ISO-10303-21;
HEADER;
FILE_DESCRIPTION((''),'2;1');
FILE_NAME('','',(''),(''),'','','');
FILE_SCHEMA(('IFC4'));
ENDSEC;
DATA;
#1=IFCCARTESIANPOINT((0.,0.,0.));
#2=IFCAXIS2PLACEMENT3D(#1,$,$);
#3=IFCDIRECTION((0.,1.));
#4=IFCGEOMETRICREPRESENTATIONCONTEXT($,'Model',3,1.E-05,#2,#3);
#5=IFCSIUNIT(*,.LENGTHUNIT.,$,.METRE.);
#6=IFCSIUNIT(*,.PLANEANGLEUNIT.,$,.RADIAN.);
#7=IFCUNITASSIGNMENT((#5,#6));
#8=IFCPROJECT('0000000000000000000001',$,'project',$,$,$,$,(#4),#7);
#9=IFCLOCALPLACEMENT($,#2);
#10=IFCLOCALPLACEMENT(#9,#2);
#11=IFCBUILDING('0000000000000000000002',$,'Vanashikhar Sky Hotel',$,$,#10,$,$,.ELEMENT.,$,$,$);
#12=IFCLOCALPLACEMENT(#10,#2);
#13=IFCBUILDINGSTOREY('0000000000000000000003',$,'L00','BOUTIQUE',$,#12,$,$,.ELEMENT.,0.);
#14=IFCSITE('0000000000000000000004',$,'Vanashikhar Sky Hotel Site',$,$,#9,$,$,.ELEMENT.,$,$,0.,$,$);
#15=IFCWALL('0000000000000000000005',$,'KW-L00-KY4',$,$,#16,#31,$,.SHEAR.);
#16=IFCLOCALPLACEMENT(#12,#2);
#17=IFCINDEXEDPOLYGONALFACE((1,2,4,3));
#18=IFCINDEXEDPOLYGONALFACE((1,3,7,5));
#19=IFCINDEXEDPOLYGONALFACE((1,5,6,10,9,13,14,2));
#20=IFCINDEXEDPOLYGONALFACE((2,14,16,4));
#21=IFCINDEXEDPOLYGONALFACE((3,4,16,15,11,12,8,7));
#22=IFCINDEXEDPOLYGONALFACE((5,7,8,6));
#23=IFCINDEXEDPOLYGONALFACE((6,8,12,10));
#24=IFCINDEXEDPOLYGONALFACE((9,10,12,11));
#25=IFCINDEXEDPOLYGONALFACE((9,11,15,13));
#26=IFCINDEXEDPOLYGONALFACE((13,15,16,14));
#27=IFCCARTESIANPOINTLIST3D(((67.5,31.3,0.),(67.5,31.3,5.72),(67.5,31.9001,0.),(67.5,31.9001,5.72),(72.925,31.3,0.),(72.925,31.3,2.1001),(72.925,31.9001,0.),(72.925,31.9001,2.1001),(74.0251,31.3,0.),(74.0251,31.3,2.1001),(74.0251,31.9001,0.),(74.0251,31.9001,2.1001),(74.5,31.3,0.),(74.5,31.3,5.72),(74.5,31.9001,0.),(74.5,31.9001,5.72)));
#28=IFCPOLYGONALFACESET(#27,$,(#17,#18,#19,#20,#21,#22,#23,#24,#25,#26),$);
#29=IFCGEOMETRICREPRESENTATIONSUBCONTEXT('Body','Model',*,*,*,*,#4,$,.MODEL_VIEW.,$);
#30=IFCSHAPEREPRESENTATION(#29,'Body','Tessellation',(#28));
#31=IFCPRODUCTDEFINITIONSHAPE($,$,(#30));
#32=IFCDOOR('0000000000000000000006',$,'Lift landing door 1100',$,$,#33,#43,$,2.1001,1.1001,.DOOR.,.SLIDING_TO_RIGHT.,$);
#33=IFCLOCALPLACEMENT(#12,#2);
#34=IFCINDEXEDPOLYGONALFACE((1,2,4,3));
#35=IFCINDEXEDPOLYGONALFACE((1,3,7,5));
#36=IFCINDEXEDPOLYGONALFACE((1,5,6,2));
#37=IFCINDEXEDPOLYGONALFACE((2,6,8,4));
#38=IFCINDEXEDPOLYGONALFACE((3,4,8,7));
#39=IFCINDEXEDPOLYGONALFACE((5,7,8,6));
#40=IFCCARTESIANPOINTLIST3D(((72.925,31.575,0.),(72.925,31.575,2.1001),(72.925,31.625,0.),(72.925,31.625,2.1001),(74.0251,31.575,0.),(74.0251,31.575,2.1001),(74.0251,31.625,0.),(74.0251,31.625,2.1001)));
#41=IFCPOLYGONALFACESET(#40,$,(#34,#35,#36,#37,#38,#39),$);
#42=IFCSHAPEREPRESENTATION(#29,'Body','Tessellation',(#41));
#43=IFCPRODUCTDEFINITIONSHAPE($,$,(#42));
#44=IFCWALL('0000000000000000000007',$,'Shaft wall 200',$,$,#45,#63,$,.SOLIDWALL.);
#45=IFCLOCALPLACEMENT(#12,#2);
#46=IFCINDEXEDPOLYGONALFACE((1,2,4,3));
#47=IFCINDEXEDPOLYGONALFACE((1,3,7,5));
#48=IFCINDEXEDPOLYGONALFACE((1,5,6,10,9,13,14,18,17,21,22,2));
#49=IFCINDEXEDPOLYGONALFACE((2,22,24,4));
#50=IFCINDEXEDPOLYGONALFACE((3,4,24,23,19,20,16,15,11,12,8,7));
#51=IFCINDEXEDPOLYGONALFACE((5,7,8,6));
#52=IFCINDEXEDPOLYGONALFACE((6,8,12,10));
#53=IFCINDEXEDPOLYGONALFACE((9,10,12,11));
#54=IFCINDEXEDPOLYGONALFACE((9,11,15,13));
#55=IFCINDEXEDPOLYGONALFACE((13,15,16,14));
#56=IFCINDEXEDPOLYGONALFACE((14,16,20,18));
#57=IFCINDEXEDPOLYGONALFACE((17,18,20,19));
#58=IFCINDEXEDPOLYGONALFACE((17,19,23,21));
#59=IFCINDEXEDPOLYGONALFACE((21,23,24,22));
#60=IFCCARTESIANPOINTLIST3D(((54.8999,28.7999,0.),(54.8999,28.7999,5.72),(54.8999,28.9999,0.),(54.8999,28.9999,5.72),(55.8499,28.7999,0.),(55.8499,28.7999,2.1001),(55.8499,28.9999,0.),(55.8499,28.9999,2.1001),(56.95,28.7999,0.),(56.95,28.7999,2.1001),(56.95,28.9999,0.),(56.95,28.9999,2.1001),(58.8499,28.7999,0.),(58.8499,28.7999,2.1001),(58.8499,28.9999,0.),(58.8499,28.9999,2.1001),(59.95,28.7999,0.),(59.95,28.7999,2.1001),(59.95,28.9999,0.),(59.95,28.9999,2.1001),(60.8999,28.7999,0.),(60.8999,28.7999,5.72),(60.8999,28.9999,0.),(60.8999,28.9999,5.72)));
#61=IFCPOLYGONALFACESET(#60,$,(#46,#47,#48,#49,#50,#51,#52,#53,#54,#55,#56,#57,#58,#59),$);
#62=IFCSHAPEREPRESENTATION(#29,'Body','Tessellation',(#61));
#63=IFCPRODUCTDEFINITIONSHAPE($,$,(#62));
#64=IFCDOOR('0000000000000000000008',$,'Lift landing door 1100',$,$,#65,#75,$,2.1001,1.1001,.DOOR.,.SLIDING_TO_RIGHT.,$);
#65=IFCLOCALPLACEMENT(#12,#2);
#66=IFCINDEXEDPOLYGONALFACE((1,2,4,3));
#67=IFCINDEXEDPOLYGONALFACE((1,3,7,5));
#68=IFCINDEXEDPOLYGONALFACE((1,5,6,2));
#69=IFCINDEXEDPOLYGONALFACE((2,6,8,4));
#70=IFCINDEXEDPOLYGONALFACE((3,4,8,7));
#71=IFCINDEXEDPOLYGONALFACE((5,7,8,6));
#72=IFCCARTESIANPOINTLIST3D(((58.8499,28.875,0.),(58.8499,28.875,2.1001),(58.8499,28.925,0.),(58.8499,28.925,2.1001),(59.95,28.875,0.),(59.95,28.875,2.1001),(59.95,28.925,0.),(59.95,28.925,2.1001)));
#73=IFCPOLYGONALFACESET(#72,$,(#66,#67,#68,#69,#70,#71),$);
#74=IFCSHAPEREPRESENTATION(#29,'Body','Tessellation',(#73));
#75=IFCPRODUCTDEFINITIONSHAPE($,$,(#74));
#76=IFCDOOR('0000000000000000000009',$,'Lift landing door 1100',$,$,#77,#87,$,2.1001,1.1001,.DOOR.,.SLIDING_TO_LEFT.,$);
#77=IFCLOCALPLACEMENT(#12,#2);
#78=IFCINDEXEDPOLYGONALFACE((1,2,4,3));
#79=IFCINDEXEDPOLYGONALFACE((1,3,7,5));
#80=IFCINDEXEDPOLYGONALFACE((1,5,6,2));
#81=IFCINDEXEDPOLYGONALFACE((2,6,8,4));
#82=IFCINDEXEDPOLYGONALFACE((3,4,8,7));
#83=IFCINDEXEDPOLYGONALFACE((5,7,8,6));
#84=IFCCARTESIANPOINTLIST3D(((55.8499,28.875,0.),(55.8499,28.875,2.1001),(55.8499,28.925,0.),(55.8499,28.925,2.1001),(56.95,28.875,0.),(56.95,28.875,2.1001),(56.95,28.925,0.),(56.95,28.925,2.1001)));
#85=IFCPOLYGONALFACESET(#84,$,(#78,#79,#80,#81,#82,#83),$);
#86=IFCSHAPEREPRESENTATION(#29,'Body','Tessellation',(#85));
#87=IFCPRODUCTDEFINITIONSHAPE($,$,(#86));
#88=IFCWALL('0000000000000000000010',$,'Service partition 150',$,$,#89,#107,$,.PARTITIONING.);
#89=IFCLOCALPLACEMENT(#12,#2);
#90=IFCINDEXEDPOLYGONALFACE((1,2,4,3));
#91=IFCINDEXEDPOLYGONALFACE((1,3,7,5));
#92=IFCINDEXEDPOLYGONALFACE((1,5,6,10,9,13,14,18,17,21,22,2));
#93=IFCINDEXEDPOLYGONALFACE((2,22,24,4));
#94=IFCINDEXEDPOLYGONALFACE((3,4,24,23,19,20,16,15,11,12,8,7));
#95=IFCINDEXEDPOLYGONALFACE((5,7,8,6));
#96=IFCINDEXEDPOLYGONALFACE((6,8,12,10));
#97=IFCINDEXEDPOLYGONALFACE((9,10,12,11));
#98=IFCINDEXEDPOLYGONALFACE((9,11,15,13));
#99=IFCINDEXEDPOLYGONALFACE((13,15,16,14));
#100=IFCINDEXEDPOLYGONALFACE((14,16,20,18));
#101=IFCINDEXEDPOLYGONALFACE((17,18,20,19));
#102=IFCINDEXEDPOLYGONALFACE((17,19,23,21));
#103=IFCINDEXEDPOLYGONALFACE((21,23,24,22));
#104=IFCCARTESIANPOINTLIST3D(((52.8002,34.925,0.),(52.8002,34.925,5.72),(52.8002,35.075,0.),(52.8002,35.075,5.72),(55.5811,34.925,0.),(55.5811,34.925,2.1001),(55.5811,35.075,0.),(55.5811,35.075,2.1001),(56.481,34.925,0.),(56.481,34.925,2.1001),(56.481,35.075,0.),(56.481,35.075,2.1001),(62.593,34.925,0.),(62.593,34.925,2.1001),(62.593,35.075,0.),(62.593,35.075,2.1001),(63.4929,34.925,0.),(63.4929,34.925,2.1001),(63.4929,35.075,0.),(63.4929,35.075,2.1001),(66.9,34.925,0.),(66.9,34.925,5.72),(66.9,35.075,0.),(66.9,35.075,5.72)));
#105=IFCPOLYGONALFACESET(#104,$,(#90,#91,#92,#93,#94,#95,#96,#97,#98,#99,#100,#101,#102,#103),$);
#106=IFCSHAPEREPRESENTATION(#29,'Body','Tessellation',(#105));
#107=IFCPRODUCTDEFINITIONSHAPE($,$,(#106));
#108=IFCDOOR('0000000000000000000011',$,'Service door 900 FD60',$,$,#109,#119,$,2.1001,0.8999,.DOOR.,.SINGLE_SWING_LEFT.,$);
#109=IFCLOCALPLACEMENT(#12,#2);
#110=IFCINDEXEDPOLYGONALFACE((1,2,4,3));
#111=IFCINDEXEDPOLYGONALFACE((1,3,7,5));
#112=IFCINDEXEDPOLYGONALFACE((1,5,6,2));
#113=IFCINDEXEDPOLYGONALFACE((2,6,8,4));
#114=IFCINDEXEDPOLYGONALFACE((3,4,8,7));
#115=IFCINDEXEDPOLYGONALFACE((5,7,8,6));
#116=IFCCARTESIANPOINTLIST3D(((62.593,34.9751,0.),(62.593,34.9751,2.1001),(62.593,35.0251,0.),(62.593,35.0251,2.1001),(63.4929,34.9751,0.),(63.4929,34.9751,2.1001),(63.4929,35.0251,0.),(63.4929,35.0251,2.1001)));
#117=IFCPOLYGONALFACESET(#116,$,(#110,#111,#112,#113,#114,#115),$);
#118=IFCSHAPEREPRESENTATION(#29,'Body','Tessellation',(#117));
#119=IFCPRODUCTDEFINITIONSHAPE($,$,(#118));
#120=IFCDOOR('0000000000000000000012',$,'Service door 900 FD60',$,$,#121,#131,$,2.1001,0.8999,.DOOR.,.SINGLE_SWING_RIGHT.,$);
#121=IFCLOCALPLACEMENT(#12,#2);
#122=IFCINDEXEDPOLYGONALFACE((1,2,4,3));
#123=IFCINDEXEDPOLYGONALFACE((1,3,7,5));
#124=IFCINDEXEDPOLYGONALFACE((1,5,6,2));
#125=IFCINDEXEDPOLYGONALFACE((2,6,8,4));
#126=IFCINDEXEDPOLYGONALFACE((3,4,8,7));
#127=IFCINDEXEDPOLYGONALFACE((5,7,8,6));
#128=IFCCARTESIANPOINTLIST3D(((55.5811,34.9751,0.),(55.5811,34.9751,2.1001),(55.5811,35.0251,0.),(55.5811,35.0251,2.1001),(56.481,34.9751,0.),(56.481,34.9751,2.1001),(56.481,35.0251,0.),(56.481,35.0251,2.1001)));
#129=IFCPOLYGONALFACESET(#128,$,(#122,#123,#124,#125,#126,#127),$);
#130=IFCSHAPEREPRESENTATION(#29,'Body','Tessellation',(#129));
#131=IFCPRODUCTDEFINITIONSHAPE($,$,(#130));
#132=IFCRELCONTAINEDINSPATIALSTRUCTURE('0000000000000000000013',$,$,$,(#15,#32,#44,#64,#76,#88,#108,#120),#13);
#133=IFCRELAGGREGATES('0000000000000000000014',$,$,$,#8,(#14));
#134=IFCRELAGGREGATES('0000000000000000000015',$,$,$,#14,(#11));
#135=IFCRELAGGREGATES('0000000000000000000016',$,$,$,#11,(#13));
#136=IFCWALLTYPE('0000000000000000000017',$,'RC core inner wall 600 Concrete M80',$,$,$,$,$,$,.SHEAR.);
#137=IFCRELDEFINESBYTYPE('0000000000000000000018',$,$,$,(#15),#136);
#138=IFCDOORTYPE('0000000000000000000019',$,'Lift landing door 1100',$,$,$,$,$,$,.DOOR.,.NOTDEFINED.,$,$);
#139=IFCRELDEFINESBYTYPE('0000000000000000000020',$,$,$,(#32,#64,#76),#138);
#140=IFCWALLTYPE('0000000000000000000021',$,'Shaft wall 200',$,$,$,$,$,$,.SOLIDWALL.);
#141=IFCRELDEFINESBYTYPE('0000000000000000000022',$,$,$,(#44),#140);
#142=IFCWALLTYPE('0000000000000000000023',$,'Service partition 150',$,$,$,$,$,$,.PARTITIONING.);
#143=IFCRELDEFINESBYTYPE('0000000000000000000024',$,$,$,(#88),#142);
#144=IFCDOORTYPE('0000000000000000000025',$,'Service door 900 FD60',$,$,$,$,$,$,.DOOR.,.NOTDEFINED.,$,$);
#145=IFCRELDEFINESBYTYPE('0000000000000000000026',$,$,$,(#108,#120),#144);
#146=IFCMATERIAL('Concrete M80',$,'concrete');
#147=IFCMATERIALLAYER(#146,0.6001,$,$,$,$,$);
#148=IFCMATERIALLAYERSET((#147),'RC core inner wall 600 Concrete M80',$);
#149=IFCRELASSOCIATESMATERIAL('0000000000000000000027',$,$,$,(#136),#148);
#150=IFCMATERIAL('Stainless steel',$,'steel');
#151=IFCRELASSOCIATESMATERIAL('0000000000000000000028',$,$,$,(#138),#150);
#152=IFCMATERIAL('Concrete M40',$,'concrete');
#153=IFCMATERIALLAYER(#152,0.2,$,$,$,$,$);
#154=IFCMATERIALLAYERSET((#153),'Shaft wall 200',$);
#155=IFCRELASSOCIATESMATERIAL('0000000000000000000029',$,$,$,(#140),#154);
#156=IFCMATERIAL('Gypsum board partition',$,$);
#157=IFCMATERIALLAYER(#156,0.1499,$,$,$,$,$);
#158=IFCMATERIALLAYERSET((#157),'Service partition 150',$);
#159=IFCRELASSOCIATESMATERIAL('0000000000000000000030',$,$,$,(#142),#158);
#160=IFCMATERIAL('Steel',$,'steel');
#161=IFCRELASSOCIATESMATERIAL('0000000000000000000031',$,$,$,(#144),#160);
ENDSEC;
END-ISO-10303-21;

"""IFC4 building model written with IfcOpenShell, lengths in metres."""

from ifc_helpers import new_model, si_unit, direction, frame, frame_2d, origin, place, context, subcontext, project, spatial, rectangle, extrude, source, transform, mapped, material, layer, layer_set, type_object, element, fill, save


model = new_model("IFC4")

# Units and contexts
model_context = context("Model", 3, precision=1e-05, world=origin(), true_north=direction((0.0, 1.0)))
body_context = subcontext(model_context, "Body", "Model", "MODEL_VIEW")
ifc_project = project(units=[si_unit("LENGTHUNIT", "METRE"), si_unit("PLANEANGLEUNIT", "RADIAN")], contexts=[model_context])

# Site, building, storey
site_placement = place(None, origin())
site = spatial("IfcSite", under=ifc_project, at=site_placement, Name="Vanashikhar Sky Hotel Site", CompositionType="ELEMENT", RefElevation=0.0)
building_placement = place(site_placement, origin())
building = spatial("IfcBuilding", under=site, at=building_placement, Name="Vanashikhar Sky Hotel", CompositionType="ELEMENT")
storey_placement = place(building_placement, origin())
storey = spatial("IfcBuildingStorey", under=building, at=storey_placement, Name="L00", Description="BOUTIQUE", CompositionType="ELEMENT", Elevation=0.0)

# Wall, opening, door
ifc_material_1 = material(Name="Concrete M80", Category="concrete")
ifc_layer_1 = layer(ifc_material_1, 0.6001)
ifc_layer_set_1 = layer_set([ifc_layer_1], Name="RC core inner wall 600 Concrete M80")
wall_type_1 = type_object("IfcWallType", Name="RC core inner wall 600 Concrete M80", PredefinedType="SHEAR", material=ifc_layer_set_1)
shared_shape_1 = source(origin(), body_context, "Body", "SweptSolid", [
    extrude(rectangle(XDim=7.0, YDim=0.6001, at=frame_2d((3.5, 0.0))), origin(), (0.0, 0.0, 1.0), 5.72),
])
wall_1_placement = place(storey_placement, frame((67.5, 31.6001, 0.0), z_axis=(0.0, 0.0, 1.0), x_axis=(1.0, 0.0, 0.0)))
wall_1 = element("IfcWall", 1, at=wall_1_placement, inside=storey, type_object=wall_type_1, Name="KW-L00-KY4", PredefinedType="SHEAR", context=body_context, shape_type="MappedRepresentation", body=[
    mapped(shared_shape_1, transform((0.0, 0.0, 0.0), scale=1.0)),
])
shared_shape_2 = source(origin(), body_context, "Body", "SweptSolid", [
    extrude(rectangle(XDim=1.1001, YDim=2.1001, at=frame_2d((0.55, 1.05))), frame((0.0, 0.3101, 0.0), z_axis=(0.0, -1.0, 0.0), x_axis=(1.0, 0.0, 0.0)), (0.0, 0.0, 1.0), 0.6201),
])
opening_1_placement = place(wall_1_placement, frame((5.425, 0.0, 0.0)))
opening_1 = element("IfcOpeningElement", 2, at=opening_1_placement, cuts=wall_1, PredefinedType="OPENING", context=body_context, shape_type="MappedRepresentation", body=[
    mapped(shared_shape_2, transform((0.0, 0.0, 0.0), scale=1.0)),
])
ifc_material_2 = material(Name="Stainless steel", Category="steel")
door_type_1 = type_object("IfcDoorType", Name="Lift landing door 1100", OperationType="NOTDEFINED", PredefinedType="DOOR", material=ifc_material_2)
shared_shape_3 = source(origin(), body_context, "Body", "SweptSolid", [
    extrude(rectangle(XDim=1.1001, YDim=2.1001, at=frame_2d((0.55, 1.05))), frame((0.0, 0.0249, 0.0), z_axis=(0.0, -1.0, 0.0), x_axis=(1.0, 0.0, 0.0)), (0.0, 0.0, 1.0), 0.05),
])
door_1_placement = place(opening_1_placement, origin())
door_1 = element("IfcDoor", 3, at=door_1_placement, inside=storey, type_object=door_type_1, Name="Lift landing door 1100", OperationType="SLIDING_TO_RIGHT", OverallHeight=2.1001, OverallWidth=1.1001, PredefinedType="DOOR", context=body_context, shape_type="MappedRepresentation", body=[
    mapped(shared_shape_3, transform((0.0, 0.0, 0.0), scale=1.0)),
])
fill(opening_1, door_1)

# Walls, openings, doors
ifc_material_3 = material(Name="Concrete M40", Category="concrete")
ifc_layer_2 = layer(ifc_material_3, 0.2)
ifc_layer_set_2 = layer_set([ifc_layer_2], Name="Shaft wall 200")
wall_type_2 = type_object("IfcWallType", Name="Shaft wall 200", PredefinedType="SOLIDWALL", material=ifc_layer_set_2)
shared_shape_4 = source(origin(), body_context, "Body", "SweptSolid", [
    extrude(rectangle(XDim=6.0, YDim=0.2, at=frame_2d((3.0, 0.0))), origin(), (0.0, 0.0, 1.0), 5.72),
])
wall_2_placement = place(storey_placement, frame((60.8999, 28.8999, 0.0), z_axis=(0.0, 0.0, 1.0), x_axis=(-1.0, 0.0, 0.0)))
wall_2 = element("IfcWall", 4, at=wall_2_placement, inside=storey, type_object=wall_type_2, Name="Shaft wall 200", PredefinedType="SOLIDWALL", context=body_context, shape_type="MappedRepresentation", body=[
    mapped(shared_shape_4, transform((0.0, 0.0, 0.0), scale=1.0)),
])
shared_shape_5 = source(origin(), body_context, "Body", "SweptSolid", [
    extrude(rectangle(XDim=1.1001, YDim=2.1001, at=frame_2d((0.55, 1.05))), frame((0.0, 0.1099, 0.0), z_axis=(0.0, -1.0, 0.0), x_axis=(1.0, 0.0, 0.0)), (0.0, 0.0, 1.0), 0.22),
])
opening_2_placement = place(wall_2_placement, frame((0.95, 0.0, 0.0)))
opening_2 = element("IfcOpeningElement", 5, at=opening_2_placement, cuts=wall_2, PredefinedType="OPENING", context=body_context, shape_type="MappedRepresentation", body=[
    mapped(shared_shape_5, transform((0.0, 0.0, 0.0), scale=1.0)),
])
opening_3_placement = place(wall_2_placement, frame((3.95, 0.0, 0.0)))
opening_3 = element("IfcOpeningElement", 6, at=opening_3_placement, cuts=wall_2, PredefinedType="OPENING", context=body_context, shape_type="MappedRepresentation", body=[
    mapped(shared_shape_5, transform((0.0, 0.0, 0.0), scale=1.0)),
])
door_2_placement = place(opening_2_placement, origin())
door_2 = element("IfcDoor", 7, at=door_2_placement, inside=storey, type_object=door_type_1, Name="Lift landing door 1100", OperationType="SLIDING_TO_RIGHT", OverallHeight=2.1001, OverallWidth=1.1001, PredefinedType="DOOR", context=body_context, shape_type="MappedRepresentation", body=[
    mapped(shared_shape_3, transform((0.0, 0.0, 0.0), scale=1.0)),
])
fill(opening_2, door_2)
door_3_placement = place(opening_3_placement, origin())
door_3 = element("IfcDoor", 8, at=door_3_placement, inside=storey, type_object=door_type_1, Name="Lift landing door 1100", OperationType="SLIDING_TO_LEFT", OverallHeight=2.1001, OverallWidth=1.1001, PredefinedType="DOOR", context=body_context, shape_type="MappedRepresentation", body=[
    mapped(shared_shape_3, transform((0.0, 0.0, 0.0), scale=1.0)),
])
fill(opening_3, door_3)
ifc_material_4 = material(Name="Gypsum board partition")
ifc_layer_3 = layer(ifc_material_4, 0.1499)
ifc_layer_set_3 = layer_set([ifc_layer_3], Name="Service partition 150")
wall_type_3 = type_object("IfcWallType", Name="Service partition 150", PredefinedType="PARTITIONING", material=ifc_layer_set_3)
shared_shape_6 = source(origin(), body_context, "Body", "SweptSolid", [
    extrude(rectangle(XDim=14.0999, YDim=0.1499, at=frame_2d((7.0498, 0.0))), origin(), (0.0, 0.0, 1.0), 5.72),
])
wall_3_placement = place(storey_placement, frame((66.8999, 35.0, 0.0), z_axis=(0.0, 0.0, 1.0), x_axis=(-1.0, 0.0, 0.0)))
wall_3 = element("IfcWall", 9, at=wall_3_placement, inside=storey, type_object=wall_type_3, Name="Service partition 150", PredefinedType="PARTITIONING", context=body_context, shape_type="MappedRepresentation", body=[
    mapped(shared_shape_6, transform((0.0, 0.0, 0.0), scale=1.0)),
])
shared_shape_7 = source(origin(), body_context, "Body", "SweptSolid", [
    extrude(rectangle(XDim=0.8999, YDim=2.1001, at=frame_2d((0.45, 1.05))), frame((0.0, 0.085, 0.0), z_axis=(0.0, -1.0, 0.0), x_axis=(1.0, 0.0, 0.0)), (0.0, 0.0, 1.0), 0.1699),
])
opening_4_placement = place(wall_3_placement, frame((3.407, 0.0, 0.0)))
opening_4 = element("IfcOpeningElement", 10, at=opening_4_placement, cuts=wall_3, PredefinedType="OPENING", context=body_context, shape_type="MappedRepresentation", body=[
    mapped(shared_shape_7, transform((0.0, 0.0, 0.0), scale=1.0)),
])
opening_5_placement = place(wall_3_placement, frame((10.4189, 0.0, 0.0)))
opening_5 = element("IfcOpeningElement", 11, at=opening_5_placement, cuts=wall_3, PredefinedType="OPENING", context=body_context, shape_type="MappedRepresentation", body=[
    mapped(shared_shape_7, transform((0.0, 0.0, 0.0), scale=1.0)),
])
ifc_material_5 = material(Name="Steel", Category="steel")
door_type_2 = type_object("IfcDoorType", Name="Service door 900 FD60", OperationType="NOTDEFINED", PredefinedType="DOOR", material=ifc_material_5)
shared_shape_8 = source(origin(), body_context, "Body", "SweptSolid", [
    extrude(rectangle(XDim=0.8999, YDim=2.1001, at=frame_2d((0.45, 1.05))), frame((0.0, 0.0249, 0.0), z_axis=(0.0, -1.0, 0.0), x_axis=(1.0, 0.0, 0.0)), (0.0, 0.0, 1.0), 0.05),
])
door_4_placement = place(opening_4_placement, origin())
door_4 = element("IfcDoor", 12, at=door_4_placement, inside=storey, type_object=door_type_2, Name="Service door 900 FD60", OperationType="SINGLE_SWING_LEFT", OverallHeight=2.1001, OverallWidth=0.8999, PredefinedType="DOOR", context=body_context, shape_type="MappedRepresentation", body=[
    mapped(shared_shape_8, transform((0.0, 0.0, 0.0), scale=1.0)),
])
fill(opening_4, door_4)
door_5_placement = place(opening_5_placement, origin())
door_5 = element("IfcDoor", 13, at=door_5_placement, inside=storey, type_object=door_type_2, Name="Service door 900 FD60", OperationType="SINGLE_SWING_RIGHT", OverallHeight=2.1001, OverallWidth=0.8999, PredefinedType="DOOR", context=body_context, shape_type="MappedRepresentation", body=[
    mapped(shared_shape_8, transform((0.0, 0.0, 0.0), scale=1.0)),
])
fill(opening_5, door_5)

save(model, "model.ifc")
